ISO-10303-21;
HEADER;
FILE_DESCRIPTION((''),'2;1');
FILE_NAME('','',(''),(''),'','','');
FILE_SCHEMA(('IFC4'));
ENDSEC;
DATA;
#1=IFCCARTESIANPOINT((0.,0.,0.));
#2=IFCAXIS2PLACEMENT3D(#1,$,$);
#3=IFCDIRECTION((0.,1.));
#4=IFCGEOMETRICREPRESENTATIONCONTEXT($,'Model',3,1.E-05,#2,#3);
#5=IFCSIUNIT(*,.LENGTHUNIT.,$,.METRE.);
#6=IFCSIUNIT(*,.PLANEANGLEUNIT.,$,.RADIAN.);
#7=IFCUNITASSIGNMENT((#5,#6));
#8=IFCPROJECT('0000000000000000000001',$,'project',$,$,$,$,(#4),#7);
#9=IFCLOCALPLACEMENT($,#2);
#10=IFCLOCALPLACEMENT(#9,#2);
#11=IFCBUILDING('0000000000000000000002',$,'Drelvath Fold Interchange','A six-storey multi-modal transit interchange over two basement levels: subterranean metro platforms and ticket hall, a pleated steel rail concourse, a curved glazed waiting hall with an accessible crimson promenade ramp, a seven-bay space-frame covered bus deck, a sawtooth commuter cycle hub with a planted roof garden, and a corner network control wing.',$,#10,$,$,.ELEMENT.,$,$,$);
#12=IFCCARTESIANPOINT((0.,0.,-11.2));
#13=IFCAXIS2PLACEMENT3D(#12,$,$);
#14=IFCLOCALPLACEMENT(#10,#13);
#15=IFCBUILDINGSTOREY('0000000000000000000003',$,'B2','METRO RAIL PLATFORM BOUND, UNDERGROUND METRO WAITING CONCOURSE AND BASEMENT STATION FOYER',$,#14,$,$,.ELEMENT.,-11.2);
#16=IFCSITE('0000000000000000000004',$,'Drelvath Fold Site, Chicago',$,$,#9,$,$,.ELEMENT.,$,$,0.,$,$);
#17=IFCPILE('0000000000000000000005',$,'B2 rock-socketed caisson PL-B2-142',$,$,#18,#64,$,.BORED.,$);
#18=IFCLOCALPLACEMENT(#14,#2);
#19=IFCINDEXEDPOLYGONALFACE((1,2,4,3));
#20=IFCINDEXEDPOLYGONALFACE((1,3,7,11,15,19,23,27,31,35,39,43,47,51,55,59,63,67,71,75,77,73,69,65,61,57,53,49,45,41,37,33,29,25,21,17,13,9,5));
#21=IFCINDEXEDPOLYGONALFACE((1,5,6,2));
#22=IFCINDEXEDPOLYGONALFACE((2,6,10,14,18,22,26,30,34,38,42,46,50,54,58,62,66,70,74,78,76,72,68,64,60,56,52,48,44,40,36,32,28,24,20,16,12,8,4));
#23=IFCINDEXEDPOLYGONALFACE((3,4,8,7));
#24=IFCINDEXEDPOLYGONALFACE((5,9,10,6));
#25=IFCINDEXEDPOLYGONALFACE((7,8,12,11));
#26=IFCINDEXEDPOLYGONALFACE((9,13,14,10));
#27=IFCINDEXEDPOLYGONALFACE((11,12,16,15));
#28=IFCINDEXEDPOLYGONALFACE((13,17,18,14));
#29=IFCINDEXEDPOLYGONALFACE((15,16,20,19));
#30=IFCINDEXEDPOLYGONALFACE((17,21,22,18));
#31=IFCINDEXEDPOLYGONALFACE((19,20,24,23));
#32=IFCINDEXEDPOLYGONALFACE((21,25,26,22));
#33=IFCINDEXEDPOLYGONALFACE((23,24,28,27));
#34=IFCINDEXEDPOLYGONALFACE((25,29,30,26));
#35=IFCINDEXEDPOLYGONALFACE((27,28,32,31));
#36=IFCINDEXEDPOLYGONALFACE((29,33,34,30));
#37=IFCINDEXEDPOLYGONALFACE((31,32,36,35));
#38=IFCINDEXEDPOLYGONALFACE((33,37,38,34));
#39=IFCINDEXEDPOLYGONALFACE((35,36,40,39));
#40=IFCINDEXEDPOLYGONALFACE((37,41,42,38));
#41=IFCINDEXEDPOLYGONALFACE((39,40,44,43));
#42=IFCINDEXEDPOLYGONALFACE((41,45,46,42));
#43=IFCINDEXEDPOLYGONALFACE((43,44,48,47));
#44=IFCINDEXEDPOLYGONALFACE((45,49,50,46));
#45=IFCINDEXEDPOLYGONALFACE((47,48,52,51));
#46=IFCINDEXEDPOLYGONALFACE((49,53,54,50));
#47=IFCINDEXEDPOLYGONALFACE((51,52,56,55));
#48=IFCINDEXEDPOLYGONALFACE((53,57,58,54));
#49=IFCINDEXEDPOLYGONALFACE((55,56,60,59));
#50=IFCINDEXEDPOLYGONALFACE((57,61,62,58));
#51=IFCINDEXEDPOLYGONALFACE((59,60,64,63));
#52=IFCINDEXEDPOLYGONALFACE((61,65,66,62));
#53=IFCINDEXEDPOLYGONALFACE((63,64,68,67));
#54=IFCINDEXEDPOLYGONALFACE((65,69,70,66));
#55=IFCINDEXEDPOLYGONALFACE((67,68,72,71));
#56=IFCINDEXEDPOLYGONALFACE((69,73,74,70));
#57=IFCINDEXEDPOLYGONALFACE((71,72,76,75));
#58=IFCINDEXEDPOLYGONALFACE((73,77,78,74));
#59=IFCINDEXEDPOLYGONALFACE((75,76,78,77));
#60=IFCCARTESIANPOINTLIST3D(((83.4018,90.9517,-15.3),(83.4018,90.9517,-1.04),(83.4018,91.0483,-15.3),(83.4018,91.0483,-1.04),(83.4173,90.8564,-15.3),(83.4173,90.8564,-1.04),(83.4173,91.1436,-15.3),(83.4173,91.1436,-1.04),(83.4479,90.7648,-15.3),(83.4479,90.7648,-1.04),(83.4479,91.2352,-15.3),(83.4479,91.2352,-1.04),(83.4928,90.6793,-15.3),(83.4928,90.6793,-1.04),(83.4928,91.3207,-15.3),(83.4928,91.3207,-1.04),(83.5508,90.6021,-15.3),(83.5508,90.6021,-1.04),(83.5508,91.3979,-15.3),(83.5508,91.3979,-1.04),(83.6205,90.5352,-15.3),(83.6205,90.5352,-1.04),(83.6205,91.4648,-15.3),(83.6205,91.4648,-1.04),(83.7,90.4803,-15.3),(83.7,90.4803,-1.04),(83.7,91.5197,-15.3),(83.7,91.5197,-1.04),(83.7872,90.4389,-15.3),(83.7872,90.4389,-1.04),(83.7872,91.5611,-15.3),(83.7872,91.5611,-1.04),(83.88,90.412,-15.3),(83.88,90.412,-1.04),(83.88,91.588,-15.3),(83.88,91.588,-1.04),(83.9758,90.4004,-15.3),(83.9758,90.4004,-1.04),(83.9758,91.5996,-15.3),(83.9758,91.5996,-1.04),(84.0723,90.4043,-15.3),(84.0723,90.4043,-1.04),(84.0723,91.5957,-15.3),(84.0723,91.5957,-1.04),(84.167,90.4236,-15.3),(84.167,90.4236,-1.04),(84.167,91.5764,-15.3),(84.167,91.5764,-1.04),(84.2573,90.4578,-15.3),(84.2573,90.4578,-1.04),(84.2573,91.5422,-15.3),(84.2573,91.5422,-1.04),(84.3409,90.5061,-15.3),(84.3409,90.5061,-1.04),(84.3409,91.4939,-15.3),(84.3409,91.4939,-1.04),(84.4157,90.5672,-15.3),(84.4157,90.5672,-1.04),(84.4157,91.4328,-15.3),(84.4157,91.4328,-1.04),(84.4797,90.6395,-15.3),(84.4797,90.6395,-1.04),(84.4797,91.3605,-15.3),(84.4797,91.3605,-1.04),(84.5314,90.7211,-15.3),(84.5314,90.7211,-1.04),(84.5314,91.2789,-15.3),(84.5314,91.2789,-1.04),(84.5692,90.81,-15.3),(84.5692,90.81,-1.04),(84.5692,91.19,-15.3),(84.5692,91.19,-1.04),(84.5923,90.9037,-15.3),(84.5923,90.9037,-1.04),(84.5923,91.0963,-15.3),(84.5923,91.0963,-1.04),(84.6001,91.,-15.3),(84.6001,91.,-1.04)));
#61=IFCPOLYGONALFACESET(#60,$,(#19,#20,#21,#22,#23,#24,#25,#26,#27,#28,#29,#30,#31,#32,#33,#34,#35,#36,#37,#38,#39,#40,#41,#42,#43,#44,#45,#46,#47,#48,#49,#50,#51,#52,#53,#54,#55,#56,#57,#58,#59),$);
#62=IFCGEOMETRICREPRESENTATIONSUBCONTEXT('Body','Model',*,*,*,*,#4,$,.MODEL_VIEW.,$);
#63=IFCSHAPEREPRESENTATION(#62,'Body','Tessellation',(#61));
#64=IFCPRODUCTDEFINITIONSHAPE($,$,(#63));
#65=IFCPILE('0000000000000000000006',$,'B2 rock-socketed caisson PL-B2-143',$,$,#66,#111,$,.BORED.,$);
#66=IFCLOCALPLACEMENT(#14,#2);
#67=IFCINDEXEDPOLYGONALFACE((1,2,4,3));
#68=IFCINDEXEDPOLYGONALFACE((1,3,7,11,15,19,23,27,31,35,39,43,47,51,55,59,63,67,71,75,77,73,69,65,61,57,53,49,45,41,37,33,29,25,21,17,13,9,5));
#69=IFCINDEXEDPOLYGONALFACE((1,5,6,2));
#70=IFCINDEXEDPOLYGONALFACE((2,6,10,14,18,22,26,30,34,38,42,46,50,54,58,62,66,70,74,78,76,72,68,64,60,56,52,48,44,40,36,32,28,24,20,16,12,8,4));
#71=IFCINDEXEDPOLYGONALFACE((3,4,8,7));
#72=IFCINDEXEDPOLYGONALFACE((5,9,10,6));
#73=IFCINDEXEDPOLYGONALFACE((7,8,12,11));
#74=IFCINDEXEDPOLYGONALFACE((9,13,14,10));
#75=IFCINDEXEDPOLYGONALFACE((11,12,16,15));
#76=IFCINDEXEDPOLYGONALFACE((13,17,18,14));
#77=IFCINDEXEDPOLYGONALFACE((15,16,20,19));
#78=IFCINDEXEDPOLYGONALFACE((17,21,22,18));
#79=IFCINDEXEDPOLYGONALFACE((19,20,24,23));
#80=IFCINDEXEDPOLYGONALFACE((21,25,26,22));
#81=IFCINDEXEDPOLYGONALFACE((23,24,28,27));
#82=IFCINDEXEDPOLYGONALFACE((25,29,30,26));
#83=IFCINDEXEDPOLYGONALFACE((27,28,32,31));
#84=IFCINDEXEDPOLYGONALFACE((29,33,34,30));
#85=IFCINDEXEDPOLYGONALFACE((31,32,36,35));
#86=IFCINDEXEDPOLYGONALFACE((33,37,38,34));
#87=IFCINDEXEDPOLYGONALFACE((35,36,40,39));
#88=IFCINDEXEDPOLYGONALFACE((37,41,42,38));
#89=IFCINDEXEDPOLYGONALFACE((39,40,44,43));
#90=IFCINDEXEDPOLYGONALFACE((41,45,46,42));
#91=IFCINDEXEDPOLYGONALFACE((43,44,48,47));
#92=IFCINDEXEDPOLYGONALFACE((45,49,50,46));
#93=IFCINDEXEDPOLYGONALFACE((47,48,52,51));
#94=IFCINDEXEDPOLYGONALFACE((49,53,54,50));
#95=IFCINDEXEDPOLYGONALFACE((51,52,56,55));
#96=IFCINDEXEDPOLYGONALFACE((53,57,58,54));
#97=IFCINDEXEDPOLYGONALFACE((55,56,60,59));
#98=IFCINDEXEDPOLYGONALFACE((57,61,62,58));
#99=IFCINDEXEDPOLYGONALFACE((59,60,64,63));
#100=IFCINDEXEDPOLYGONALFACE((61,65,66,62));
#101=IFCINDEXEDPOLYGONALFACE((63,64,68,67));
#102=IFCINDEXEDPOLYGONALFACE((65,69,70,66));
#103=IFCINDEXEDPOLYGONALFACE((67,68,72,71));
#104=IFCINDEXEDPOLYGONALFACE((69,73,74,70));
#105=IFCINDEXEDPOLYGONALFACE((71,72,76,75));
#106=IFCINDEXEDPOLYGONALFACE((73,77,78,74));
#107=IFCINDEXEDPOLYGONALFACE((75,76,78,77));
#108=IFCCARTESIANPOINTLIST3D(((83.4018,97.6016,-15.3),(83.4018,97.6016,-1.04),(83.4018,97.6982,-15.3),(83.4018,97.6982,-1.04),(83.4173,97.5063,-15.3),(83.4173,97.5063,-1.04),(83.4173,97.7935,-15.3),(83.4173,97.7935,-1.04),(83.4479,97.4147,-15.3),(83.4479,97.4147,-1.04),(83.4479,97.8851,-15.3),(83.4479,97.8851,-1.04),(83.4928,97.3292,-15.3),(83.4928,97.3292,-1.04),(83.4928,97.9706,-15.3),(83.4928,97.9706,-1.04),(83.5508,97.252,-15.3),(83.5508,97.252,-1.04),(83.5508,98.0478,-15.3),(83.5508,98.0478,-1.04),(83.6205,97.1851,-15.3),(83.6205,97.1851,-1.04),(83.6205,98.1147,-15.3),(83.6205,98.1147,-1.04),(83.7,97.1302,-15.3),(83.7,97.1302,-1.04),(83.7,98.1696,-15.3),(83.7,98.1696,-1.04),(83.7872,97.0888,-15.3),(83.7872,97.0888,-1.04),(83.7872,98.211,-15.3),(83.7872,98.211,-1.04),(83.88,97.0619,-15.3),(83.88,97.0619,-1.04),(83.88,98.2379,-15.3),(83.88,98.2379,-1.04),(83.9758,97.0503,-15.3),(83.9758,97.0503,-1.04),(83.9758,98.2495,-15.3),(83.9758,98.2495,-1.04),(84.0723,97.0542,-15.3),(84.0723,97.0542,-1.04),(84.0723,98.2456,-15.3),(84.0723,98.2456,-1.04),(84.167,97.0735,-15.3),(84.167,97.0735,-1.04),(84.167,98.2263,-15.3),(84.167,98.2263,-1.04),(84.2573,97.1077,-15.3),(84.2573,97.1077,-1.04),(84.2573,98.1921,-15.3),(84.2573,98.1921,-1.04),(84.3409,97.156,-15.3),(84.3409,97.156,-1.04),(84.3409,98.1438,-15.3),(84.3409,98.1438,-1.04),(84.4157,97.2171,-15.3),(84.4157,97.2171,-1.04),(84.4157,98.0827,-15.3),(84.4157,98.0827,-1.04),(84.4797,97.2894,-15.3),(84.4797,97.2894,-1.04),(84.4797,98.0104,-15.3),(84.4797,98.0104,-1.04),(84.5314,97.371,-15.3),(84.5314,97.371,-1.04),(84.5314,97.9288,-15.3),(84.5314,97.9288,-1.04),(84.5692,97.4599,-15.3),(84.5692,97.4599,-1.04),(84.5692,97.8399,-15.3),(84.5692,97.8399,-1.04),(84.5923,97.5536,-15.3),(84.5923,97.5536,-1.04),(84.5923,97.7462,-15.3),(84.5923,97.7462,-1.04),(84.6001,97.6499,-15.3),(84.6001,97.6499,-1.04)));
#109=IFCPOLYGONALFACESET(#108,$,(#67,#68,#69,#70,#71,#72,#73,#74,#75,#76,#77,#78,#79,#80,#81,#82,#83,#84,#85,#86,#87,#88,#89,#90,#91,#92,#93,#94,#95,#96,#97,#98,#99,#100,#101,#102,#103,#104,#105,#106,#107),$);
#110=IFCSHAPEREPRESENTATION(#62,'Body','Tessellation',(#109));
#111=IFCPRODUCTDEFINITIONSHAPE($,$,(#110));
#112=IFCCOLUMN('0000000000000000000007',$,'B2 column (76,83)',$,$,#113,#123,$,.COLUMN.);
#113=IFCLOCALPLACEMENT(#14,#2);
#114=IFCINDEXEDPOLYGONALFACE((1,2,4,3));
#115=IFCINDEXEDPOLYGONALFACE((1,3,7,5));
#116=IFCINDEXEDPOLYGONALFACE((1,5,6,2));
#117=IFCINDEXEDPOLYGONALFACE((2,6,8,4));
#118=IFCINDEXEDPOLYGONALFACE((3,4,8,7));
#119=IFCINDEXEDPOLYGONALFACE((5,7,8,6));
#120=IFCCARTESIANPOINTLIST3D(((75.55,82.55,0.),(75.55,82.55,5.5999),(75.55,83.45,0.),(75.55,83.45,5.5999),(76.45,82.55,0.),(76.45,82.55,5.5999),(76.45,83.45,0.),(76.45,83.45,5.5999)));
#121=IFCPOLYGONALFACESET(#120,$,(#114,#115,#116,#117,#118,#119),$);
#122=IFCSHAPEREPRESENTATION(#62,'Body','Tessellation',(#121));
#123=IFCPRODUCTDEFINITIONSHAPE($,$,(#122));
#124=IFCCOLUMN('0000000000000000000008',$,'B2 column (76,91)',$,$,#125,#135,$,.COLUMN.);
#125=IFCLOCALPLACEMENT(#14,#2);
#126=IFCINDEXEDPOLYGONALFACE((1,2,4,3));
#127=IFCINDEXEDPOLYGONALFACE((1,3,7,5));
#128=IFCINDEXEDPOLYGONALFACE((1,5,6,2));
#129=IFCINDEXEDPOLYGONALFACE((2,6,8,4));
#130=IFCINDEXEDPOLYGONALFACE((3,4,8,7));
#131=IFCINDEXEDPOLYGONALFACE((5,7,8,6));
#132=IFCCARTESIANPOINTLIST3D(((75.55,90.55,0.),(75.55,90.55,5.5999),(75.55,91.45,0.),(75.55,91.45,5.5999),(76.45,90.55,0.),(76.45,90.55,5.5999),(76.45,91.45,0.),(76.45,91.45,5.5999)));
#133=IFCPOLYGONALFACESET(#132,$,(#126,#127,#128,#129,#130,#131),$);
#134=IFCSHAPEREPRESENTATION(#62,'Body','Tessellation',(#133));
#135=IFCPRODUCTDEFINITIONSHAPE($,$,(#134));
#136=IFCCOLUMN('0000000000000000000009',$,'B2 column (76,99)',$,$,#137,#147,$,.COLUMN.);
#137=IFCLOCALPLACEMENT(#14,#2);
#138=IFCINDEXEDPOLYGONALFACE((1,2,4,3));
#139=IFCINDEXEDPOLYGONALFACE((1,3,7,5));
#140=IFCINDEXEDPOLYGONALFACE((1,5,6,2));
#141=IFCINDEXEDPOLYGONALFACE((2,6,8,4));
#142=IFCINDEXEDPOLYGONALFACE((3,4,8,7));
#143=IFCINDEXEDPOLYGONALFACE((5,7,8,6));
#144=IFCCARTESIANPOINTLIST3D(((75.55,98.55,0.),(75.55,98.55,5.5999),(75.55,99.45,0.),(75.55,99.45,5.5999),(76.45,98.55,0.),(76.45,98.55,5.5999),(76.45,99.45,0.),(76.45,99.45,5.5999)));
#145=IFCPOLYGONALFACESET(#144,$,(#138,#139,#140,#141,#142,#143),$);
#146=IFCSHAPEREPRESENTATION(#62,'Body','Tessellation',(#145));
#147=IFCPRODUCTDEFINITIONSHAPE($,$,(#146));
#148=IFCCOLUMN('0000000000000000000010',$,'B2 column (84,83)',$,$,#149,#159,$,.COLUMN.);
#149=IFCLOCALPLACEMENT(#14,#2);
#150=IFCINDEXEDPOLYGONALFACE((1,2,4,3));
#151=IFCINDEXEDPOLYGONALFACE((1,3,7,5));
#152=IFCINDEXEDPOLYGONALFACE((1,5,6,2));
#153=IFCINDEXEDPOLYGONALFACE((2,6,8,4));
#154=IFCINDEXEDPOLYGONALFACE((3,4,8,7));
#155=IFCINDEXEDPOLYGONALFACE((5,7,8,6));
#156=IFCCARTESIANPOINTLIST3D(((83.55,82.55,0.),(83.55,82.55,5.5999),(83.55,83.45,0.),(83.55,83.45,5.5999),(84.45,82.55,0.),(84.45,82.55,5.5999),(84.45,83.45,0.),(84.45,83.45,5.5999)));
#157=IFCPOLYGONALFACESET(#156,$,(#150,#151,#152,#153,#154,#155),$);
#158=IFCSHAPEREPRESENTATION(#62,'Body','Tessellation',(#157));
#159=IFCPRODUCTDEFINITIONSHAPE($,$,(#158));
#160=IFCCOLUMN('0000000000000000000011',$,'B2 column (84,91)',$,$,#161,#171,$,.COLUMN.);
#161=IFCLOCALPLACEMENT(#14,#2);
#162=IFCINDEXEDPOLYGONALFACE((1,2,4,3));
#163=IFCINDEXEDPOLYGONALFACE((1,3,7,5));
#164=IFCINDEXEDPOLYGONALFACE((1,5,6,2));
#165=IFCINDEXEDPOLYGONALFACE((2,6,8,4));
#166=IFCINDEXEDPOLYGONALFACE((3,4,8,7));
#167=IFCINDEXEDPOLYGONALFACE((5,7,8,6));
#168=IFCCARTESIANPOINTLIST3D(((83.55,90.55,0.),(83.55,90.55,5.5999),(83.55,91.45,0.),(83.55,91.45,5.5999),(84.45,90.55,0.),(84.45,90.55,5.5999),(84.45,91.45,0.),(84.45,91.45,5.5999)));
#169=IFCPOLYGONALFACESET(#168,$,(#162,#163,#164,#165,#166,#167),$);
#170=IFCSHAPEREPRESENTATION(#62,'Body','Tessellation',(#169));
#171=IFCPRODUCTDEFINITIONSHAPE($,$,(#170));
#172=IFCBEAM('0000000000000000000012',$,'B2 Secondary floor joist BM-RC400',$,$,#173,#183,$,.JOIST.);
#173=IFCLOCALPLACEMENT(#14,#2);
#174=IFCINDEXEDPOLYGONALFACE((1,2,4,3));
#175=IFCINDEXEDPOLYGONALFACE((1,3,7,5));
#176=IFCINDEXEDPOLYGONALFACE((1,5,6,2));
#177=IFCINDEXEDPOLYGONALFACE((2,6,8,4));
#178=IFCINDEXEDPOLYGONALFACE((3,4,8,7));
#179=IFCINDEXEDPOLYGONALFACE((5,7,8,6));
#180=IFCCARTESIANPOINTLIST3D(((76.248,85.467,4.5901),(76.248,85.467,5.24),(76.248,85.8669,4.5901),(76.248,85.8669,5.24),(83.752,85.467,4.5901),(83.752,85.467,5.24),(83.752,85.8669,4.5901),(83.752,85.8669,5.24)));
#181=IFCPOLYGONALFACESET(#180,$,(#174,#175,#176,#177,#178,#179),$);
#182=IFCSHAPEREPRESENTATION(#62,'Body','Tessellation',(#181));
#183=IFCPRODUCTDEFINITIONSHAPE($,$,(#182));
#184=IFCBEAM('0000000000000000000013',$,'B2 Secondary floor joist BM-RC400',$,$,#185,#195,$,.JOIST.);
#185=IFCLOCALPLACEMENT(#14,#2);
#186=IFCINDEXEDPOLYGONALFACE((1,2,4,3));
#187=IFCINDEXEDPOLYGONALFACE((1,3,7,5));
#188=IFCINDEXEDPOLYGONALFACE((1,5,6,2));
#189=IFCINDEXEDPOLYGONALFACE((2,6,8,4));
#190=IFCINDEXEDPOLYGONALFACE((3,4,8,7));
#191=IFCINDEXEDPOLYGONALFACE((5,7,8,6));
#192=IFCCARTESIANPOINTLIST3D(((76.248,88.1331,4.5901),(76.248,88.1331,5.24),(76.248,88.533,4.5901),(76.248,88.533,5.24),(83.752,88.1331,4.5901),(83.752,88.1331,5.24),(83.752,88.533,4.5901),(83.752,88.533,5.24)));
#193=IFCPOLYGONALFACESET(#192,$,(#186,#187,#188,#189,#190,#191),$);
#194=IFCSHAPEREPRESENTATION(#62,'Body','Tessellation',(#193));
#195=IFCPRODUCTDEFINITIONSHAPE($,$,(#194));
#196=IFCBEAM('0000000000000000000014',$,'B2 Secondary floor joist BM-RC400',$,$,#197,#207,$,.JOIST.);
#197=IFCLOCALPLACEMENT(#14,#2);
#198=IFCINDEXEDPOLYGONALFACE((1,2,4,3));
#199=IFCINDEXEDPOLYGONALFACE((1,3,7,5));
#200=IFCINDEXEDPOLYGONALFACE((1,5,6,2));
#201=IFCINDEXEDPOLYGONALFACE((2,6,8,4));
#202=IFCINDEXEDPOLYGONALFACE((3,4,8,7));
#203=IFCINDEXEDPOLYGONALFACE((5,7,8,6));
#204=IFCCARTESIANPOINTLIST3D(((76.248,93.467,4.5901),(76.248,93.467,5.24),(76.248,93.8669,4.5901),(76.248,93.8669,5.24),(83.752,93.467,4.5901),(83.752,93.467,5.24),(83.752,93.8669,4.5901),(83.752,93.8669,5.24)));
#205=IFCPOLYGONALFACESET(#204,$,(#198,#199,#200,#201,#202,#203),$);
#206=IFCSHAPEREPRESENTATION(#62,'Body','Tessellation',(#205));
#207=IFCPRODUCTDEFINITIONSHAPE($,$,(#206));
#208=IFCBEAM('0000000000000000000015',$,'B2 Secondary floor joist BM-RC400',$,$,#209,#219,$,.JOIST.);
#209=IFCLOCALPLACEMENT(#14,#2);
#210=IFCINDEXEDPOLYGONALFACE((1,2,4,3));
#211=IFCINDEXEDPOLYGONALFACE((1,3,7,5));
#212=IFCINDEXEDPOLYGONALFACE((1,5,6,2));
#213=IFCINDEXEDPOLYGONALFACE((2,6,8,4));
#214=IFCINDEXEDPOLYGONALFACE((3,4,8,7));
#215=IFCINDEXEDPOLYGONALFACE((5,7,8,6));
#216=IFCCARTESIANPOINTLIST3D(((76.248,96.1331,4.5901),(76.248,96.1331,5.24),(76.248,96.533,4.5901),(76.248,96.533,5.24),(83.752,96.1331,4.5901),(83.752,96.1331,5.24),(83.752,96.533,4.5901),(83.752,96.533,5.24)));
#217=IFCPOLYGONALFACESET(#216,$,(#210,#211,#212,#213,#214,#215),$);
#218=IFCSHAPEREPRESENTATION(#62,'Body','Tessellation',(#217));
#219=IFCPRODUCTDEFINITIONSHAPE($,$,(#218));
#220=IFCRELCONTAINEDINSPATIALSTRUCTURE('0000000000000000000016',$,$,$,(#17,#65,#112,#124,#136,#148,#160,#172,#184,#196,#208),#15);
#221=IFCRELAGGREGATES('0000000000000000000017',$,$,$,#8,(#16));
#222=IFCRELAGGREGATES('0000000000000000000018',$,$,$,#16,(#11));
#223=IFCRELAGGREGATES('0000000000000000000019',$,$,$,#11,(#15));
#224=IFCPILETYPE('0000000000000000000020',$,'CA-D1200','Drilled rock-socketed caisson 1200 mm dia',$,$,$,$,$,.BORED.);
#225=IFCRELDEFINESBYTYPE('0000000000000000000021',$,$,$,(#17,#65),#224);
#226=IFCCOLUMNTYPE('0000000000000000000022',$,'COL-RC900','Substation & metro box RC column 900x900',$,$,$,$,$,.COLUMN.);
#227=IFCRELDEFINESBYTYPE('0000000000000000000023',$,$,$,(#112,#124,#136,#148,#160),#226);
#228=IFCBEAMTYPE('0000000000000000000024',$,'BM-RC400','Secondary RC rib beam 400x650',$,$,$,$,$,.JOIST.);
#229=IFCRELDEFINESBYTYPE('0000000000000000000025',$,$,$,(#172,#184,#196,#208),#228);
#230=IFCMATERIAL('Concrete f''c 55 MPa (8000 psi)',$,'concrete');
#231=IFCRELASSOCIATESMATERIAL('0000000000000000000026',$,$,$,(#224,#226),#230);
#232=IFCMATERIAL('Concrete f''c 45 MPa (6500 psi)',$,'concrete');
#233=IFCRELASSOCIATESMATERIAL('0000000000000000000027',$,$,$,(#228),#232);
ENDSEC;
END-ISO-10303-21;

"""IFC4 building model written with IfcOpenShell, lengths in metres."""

from ifc_helpers import new_model, si_unit, direction, frame, origin, origin_2d, place, context, subcontext, project, spatial, rectangle, circle, extrude, material, material_profile, profile_set, type_object, element, save


model = new_model("IFC4")

# Units and contexts
model_context = context("Model", 3, precision=1e-05, world=origin(), true_north=direction((0.0, 1.0)))
body_context = subcontext(model_context, "Body", "Model", "MODEL_VIEW")
ifc_project = project(units=[si_unit("LENGTHUNIT", "METRE"), si_unit("PLANEANGLEUNIT", "RADIAN")], contexts=[model_context])

# Site, building, storey
site_placement = place(None, origin())
site = spatial("IfcSite", under=ifc_project, at=site_placement, Name="Drelvath Fold Site, Chicago", CompositionType="ELEMENT", RefElevation=0.0)
building_placement = place(site_placement, origin())
building = spatial("IfcBuilding", under=site, at=building_placement, Name="Drelvath Fold Interchange", Description="A six-storey multi-modal transit interchange over two basement levels: subterranean metro platforms and ticket hall, a pleated steel rail concourse, a curved glazed waiting hall with an accessible crimson promenade ramp, a seven-bay space-frame covered bus deck, a sawtooth commuter cycle hub with a planted roof garden, and a corner network control wing.", CompositionType="ELEMENT")
storey_placement = place(building_placement, frame((0.0, 0.0, -11.2)))
storey = spatial("IfcBuildingStorey", under=building, at=storey_placement, Name="B2", Description="METRO RAIL PLATFORM BOUND, UNDERGROUND METRO WAITING CONCOURSE AND BASEMENT STATION FOYER", CompositionType="ELEMENT", Elevation=-11.2)

# Piles
ifc_material_1 = material(Name="Concrete f'c 55 MPa (8000 psi)", Category="concrete")
ifc_material_profile_1 = material_profile(ifc_material_1, circle(Radius=0.6001, at=origin_2d()), Name="CAISSON D1200")
ifc_profile_set_1 = profile_set([ifc_material_profile_1], Name="Concrete f'c 55 MPa (8000 psi)")
pile_type = type_object("IfcPileType", Name="CA-D1200", Description="Drilled rock-socketed caisson 1200 mm dia", PredefinedType="BORED", material=ifc_profile_set_1)
for number, where, z_axis, x_axis, name in (
    (1, (84.0, 91.0, -1.04), (0.0, 0.0, -1.0), (1.0, 0.0, 0.0), "B2 rock-socketed caisson PL-B2-142"),
    (2, (84.0, 97.6499, -1.04), (0.0, 0.0, -1.0), (1.0, 0.0, 0.0), "B2 rock-socketed caisson PL-B2-143"),
):
    element("IfcPile", number, at=place(storey_placement, frame(where, z_axis=z_axis, x_axis=x_axis)), inside=storey, type_object=pile_type, Name=name, PredefinedType="BORED", context=body_context, shape_type="SweptSolid", body=[
        extrude(circle(Radius=0.6001, at=origin_2d()), origin(), (0.0, 0.0, 1.0), 14.26),
    ])

# Columns
ifc_material_profile_2 = material_profile(ifc_material_1, rectangle(XDim=0.8999, YDim=0.8999, at=origin_2d()), Name="RC 900x900")
ifc_profile_set_2 = profile_set([ifc_material_profile_2], Name="Concrete f'c 55 MPa (8000 psi)")
column_type = type_object("IfcColumnType", Name="COL-RC900", Description="Substation & metro box RC column 900x900", PredefinedType="COLUMN", material=ifc_profile_set_2)
for number, where, z_axis, x_axis, name in (
    (3, (76.0, 83.0, 0.0), (0.0, 0.0, 1.0), (1.0, 0.0, 0.0), "B2 column (76,83)"),
    (4, (76.0, 91.0, 0.0), (0.0, 0.0, 1.0), (1.0, 0.0, 0.0), "B2 column (76,91)"),
    (5, (76.0, 99.0, 0.0), (0.0, 0.0, 1.0), (1.0, 0.0, 0.0), "B2 column (76,99)"),
    (6, (84.0, 83.0, 0.0), (0.0, 0.0, 1.0), (1.0, 0.0, 0.0), "B2 column (84,83)"),
    (7, (84.0, 91.0, 0.0), (0.0, 0.0, 1.0), (1.0, 0.0, 0.0), "B2 column (84,91)"),
):
    element("IfcColumn", number, at=place(storey_placement, frame(where, z_axis=z_axis, x_axis=x_axis)), inside=storey, type_object=column_type, Name=name, PredefinedType="COLUMN", context=body_context, shape_type="SweptSolid", body=[
        extrude(rectangle(XDim=0.8999, YDim=0.8999, at=origin_2d()), origin(), (0.0, 0.0, 1.0), 5.5999),
    ])

# Beams
ifc_material_2 = material(Name="Concrete f'c 45 MPa (6500 psi)", Category="concrete")
ifc_material_profile_3 = material_profile(ifc_material_2, rectangle(XDim=0.3999, YDim=0.6499, at=origin_2d()), Name="RC 400x650")
ifc_profile_set_3 = profile_set([ifc_material_profile_3], Name="Concrete f'c 45 MPa (6500 psi)")
beam_type_1 = type_object("IfcBeamType", Name="BM-RC400", Description="Secondary RC rib beam 400x650", PredefinedType="JOIST", material=ifc_profile_set_3)
for number, where, z_axis, x_axis, name in (
    (8, (76.248, 85.667, 4.915), (1.0, 0.0, 0.0), (0.0, 1.0, 0.0), "B2 Secondary floor joist BM-RC400"),
    (9, (76.248, 88.333, 4.915), (1.0, 0.0, 0.0), (0.0, 1.0, 0.0), "B2 Secondary floor joist BM-RC400"),
    (10, (76.248, 93.667, 4.915), (1.0, 0.0, 0.0), (0.0, 1.0, 0.0), "B2 Secondary floor joist BM-RC400"),
    (11, (76.248, 96.333, 4.915), (1.0, 0.0, 0.0), (0.0, 1.0, 0.0), "B2 Secondary floor joist BM-RC400"),
):
    element("IfcBeam", number, at=place(storey_placement, frame(where, z_axis=z_axis, x_axis=x_axis)), inside=storey, type_object=beam_type_1, Name=name, PredefinedType="JOIST", context=body_context, shape_type="SweptSolid", body=[
        extrude(rectangle(XDim=0.3999, YDim=0.6499, at=origin_2d()), origin(), (0.0, 0.0, 1.0), 7.5039),
    ])

save(model, "model.ifc")
